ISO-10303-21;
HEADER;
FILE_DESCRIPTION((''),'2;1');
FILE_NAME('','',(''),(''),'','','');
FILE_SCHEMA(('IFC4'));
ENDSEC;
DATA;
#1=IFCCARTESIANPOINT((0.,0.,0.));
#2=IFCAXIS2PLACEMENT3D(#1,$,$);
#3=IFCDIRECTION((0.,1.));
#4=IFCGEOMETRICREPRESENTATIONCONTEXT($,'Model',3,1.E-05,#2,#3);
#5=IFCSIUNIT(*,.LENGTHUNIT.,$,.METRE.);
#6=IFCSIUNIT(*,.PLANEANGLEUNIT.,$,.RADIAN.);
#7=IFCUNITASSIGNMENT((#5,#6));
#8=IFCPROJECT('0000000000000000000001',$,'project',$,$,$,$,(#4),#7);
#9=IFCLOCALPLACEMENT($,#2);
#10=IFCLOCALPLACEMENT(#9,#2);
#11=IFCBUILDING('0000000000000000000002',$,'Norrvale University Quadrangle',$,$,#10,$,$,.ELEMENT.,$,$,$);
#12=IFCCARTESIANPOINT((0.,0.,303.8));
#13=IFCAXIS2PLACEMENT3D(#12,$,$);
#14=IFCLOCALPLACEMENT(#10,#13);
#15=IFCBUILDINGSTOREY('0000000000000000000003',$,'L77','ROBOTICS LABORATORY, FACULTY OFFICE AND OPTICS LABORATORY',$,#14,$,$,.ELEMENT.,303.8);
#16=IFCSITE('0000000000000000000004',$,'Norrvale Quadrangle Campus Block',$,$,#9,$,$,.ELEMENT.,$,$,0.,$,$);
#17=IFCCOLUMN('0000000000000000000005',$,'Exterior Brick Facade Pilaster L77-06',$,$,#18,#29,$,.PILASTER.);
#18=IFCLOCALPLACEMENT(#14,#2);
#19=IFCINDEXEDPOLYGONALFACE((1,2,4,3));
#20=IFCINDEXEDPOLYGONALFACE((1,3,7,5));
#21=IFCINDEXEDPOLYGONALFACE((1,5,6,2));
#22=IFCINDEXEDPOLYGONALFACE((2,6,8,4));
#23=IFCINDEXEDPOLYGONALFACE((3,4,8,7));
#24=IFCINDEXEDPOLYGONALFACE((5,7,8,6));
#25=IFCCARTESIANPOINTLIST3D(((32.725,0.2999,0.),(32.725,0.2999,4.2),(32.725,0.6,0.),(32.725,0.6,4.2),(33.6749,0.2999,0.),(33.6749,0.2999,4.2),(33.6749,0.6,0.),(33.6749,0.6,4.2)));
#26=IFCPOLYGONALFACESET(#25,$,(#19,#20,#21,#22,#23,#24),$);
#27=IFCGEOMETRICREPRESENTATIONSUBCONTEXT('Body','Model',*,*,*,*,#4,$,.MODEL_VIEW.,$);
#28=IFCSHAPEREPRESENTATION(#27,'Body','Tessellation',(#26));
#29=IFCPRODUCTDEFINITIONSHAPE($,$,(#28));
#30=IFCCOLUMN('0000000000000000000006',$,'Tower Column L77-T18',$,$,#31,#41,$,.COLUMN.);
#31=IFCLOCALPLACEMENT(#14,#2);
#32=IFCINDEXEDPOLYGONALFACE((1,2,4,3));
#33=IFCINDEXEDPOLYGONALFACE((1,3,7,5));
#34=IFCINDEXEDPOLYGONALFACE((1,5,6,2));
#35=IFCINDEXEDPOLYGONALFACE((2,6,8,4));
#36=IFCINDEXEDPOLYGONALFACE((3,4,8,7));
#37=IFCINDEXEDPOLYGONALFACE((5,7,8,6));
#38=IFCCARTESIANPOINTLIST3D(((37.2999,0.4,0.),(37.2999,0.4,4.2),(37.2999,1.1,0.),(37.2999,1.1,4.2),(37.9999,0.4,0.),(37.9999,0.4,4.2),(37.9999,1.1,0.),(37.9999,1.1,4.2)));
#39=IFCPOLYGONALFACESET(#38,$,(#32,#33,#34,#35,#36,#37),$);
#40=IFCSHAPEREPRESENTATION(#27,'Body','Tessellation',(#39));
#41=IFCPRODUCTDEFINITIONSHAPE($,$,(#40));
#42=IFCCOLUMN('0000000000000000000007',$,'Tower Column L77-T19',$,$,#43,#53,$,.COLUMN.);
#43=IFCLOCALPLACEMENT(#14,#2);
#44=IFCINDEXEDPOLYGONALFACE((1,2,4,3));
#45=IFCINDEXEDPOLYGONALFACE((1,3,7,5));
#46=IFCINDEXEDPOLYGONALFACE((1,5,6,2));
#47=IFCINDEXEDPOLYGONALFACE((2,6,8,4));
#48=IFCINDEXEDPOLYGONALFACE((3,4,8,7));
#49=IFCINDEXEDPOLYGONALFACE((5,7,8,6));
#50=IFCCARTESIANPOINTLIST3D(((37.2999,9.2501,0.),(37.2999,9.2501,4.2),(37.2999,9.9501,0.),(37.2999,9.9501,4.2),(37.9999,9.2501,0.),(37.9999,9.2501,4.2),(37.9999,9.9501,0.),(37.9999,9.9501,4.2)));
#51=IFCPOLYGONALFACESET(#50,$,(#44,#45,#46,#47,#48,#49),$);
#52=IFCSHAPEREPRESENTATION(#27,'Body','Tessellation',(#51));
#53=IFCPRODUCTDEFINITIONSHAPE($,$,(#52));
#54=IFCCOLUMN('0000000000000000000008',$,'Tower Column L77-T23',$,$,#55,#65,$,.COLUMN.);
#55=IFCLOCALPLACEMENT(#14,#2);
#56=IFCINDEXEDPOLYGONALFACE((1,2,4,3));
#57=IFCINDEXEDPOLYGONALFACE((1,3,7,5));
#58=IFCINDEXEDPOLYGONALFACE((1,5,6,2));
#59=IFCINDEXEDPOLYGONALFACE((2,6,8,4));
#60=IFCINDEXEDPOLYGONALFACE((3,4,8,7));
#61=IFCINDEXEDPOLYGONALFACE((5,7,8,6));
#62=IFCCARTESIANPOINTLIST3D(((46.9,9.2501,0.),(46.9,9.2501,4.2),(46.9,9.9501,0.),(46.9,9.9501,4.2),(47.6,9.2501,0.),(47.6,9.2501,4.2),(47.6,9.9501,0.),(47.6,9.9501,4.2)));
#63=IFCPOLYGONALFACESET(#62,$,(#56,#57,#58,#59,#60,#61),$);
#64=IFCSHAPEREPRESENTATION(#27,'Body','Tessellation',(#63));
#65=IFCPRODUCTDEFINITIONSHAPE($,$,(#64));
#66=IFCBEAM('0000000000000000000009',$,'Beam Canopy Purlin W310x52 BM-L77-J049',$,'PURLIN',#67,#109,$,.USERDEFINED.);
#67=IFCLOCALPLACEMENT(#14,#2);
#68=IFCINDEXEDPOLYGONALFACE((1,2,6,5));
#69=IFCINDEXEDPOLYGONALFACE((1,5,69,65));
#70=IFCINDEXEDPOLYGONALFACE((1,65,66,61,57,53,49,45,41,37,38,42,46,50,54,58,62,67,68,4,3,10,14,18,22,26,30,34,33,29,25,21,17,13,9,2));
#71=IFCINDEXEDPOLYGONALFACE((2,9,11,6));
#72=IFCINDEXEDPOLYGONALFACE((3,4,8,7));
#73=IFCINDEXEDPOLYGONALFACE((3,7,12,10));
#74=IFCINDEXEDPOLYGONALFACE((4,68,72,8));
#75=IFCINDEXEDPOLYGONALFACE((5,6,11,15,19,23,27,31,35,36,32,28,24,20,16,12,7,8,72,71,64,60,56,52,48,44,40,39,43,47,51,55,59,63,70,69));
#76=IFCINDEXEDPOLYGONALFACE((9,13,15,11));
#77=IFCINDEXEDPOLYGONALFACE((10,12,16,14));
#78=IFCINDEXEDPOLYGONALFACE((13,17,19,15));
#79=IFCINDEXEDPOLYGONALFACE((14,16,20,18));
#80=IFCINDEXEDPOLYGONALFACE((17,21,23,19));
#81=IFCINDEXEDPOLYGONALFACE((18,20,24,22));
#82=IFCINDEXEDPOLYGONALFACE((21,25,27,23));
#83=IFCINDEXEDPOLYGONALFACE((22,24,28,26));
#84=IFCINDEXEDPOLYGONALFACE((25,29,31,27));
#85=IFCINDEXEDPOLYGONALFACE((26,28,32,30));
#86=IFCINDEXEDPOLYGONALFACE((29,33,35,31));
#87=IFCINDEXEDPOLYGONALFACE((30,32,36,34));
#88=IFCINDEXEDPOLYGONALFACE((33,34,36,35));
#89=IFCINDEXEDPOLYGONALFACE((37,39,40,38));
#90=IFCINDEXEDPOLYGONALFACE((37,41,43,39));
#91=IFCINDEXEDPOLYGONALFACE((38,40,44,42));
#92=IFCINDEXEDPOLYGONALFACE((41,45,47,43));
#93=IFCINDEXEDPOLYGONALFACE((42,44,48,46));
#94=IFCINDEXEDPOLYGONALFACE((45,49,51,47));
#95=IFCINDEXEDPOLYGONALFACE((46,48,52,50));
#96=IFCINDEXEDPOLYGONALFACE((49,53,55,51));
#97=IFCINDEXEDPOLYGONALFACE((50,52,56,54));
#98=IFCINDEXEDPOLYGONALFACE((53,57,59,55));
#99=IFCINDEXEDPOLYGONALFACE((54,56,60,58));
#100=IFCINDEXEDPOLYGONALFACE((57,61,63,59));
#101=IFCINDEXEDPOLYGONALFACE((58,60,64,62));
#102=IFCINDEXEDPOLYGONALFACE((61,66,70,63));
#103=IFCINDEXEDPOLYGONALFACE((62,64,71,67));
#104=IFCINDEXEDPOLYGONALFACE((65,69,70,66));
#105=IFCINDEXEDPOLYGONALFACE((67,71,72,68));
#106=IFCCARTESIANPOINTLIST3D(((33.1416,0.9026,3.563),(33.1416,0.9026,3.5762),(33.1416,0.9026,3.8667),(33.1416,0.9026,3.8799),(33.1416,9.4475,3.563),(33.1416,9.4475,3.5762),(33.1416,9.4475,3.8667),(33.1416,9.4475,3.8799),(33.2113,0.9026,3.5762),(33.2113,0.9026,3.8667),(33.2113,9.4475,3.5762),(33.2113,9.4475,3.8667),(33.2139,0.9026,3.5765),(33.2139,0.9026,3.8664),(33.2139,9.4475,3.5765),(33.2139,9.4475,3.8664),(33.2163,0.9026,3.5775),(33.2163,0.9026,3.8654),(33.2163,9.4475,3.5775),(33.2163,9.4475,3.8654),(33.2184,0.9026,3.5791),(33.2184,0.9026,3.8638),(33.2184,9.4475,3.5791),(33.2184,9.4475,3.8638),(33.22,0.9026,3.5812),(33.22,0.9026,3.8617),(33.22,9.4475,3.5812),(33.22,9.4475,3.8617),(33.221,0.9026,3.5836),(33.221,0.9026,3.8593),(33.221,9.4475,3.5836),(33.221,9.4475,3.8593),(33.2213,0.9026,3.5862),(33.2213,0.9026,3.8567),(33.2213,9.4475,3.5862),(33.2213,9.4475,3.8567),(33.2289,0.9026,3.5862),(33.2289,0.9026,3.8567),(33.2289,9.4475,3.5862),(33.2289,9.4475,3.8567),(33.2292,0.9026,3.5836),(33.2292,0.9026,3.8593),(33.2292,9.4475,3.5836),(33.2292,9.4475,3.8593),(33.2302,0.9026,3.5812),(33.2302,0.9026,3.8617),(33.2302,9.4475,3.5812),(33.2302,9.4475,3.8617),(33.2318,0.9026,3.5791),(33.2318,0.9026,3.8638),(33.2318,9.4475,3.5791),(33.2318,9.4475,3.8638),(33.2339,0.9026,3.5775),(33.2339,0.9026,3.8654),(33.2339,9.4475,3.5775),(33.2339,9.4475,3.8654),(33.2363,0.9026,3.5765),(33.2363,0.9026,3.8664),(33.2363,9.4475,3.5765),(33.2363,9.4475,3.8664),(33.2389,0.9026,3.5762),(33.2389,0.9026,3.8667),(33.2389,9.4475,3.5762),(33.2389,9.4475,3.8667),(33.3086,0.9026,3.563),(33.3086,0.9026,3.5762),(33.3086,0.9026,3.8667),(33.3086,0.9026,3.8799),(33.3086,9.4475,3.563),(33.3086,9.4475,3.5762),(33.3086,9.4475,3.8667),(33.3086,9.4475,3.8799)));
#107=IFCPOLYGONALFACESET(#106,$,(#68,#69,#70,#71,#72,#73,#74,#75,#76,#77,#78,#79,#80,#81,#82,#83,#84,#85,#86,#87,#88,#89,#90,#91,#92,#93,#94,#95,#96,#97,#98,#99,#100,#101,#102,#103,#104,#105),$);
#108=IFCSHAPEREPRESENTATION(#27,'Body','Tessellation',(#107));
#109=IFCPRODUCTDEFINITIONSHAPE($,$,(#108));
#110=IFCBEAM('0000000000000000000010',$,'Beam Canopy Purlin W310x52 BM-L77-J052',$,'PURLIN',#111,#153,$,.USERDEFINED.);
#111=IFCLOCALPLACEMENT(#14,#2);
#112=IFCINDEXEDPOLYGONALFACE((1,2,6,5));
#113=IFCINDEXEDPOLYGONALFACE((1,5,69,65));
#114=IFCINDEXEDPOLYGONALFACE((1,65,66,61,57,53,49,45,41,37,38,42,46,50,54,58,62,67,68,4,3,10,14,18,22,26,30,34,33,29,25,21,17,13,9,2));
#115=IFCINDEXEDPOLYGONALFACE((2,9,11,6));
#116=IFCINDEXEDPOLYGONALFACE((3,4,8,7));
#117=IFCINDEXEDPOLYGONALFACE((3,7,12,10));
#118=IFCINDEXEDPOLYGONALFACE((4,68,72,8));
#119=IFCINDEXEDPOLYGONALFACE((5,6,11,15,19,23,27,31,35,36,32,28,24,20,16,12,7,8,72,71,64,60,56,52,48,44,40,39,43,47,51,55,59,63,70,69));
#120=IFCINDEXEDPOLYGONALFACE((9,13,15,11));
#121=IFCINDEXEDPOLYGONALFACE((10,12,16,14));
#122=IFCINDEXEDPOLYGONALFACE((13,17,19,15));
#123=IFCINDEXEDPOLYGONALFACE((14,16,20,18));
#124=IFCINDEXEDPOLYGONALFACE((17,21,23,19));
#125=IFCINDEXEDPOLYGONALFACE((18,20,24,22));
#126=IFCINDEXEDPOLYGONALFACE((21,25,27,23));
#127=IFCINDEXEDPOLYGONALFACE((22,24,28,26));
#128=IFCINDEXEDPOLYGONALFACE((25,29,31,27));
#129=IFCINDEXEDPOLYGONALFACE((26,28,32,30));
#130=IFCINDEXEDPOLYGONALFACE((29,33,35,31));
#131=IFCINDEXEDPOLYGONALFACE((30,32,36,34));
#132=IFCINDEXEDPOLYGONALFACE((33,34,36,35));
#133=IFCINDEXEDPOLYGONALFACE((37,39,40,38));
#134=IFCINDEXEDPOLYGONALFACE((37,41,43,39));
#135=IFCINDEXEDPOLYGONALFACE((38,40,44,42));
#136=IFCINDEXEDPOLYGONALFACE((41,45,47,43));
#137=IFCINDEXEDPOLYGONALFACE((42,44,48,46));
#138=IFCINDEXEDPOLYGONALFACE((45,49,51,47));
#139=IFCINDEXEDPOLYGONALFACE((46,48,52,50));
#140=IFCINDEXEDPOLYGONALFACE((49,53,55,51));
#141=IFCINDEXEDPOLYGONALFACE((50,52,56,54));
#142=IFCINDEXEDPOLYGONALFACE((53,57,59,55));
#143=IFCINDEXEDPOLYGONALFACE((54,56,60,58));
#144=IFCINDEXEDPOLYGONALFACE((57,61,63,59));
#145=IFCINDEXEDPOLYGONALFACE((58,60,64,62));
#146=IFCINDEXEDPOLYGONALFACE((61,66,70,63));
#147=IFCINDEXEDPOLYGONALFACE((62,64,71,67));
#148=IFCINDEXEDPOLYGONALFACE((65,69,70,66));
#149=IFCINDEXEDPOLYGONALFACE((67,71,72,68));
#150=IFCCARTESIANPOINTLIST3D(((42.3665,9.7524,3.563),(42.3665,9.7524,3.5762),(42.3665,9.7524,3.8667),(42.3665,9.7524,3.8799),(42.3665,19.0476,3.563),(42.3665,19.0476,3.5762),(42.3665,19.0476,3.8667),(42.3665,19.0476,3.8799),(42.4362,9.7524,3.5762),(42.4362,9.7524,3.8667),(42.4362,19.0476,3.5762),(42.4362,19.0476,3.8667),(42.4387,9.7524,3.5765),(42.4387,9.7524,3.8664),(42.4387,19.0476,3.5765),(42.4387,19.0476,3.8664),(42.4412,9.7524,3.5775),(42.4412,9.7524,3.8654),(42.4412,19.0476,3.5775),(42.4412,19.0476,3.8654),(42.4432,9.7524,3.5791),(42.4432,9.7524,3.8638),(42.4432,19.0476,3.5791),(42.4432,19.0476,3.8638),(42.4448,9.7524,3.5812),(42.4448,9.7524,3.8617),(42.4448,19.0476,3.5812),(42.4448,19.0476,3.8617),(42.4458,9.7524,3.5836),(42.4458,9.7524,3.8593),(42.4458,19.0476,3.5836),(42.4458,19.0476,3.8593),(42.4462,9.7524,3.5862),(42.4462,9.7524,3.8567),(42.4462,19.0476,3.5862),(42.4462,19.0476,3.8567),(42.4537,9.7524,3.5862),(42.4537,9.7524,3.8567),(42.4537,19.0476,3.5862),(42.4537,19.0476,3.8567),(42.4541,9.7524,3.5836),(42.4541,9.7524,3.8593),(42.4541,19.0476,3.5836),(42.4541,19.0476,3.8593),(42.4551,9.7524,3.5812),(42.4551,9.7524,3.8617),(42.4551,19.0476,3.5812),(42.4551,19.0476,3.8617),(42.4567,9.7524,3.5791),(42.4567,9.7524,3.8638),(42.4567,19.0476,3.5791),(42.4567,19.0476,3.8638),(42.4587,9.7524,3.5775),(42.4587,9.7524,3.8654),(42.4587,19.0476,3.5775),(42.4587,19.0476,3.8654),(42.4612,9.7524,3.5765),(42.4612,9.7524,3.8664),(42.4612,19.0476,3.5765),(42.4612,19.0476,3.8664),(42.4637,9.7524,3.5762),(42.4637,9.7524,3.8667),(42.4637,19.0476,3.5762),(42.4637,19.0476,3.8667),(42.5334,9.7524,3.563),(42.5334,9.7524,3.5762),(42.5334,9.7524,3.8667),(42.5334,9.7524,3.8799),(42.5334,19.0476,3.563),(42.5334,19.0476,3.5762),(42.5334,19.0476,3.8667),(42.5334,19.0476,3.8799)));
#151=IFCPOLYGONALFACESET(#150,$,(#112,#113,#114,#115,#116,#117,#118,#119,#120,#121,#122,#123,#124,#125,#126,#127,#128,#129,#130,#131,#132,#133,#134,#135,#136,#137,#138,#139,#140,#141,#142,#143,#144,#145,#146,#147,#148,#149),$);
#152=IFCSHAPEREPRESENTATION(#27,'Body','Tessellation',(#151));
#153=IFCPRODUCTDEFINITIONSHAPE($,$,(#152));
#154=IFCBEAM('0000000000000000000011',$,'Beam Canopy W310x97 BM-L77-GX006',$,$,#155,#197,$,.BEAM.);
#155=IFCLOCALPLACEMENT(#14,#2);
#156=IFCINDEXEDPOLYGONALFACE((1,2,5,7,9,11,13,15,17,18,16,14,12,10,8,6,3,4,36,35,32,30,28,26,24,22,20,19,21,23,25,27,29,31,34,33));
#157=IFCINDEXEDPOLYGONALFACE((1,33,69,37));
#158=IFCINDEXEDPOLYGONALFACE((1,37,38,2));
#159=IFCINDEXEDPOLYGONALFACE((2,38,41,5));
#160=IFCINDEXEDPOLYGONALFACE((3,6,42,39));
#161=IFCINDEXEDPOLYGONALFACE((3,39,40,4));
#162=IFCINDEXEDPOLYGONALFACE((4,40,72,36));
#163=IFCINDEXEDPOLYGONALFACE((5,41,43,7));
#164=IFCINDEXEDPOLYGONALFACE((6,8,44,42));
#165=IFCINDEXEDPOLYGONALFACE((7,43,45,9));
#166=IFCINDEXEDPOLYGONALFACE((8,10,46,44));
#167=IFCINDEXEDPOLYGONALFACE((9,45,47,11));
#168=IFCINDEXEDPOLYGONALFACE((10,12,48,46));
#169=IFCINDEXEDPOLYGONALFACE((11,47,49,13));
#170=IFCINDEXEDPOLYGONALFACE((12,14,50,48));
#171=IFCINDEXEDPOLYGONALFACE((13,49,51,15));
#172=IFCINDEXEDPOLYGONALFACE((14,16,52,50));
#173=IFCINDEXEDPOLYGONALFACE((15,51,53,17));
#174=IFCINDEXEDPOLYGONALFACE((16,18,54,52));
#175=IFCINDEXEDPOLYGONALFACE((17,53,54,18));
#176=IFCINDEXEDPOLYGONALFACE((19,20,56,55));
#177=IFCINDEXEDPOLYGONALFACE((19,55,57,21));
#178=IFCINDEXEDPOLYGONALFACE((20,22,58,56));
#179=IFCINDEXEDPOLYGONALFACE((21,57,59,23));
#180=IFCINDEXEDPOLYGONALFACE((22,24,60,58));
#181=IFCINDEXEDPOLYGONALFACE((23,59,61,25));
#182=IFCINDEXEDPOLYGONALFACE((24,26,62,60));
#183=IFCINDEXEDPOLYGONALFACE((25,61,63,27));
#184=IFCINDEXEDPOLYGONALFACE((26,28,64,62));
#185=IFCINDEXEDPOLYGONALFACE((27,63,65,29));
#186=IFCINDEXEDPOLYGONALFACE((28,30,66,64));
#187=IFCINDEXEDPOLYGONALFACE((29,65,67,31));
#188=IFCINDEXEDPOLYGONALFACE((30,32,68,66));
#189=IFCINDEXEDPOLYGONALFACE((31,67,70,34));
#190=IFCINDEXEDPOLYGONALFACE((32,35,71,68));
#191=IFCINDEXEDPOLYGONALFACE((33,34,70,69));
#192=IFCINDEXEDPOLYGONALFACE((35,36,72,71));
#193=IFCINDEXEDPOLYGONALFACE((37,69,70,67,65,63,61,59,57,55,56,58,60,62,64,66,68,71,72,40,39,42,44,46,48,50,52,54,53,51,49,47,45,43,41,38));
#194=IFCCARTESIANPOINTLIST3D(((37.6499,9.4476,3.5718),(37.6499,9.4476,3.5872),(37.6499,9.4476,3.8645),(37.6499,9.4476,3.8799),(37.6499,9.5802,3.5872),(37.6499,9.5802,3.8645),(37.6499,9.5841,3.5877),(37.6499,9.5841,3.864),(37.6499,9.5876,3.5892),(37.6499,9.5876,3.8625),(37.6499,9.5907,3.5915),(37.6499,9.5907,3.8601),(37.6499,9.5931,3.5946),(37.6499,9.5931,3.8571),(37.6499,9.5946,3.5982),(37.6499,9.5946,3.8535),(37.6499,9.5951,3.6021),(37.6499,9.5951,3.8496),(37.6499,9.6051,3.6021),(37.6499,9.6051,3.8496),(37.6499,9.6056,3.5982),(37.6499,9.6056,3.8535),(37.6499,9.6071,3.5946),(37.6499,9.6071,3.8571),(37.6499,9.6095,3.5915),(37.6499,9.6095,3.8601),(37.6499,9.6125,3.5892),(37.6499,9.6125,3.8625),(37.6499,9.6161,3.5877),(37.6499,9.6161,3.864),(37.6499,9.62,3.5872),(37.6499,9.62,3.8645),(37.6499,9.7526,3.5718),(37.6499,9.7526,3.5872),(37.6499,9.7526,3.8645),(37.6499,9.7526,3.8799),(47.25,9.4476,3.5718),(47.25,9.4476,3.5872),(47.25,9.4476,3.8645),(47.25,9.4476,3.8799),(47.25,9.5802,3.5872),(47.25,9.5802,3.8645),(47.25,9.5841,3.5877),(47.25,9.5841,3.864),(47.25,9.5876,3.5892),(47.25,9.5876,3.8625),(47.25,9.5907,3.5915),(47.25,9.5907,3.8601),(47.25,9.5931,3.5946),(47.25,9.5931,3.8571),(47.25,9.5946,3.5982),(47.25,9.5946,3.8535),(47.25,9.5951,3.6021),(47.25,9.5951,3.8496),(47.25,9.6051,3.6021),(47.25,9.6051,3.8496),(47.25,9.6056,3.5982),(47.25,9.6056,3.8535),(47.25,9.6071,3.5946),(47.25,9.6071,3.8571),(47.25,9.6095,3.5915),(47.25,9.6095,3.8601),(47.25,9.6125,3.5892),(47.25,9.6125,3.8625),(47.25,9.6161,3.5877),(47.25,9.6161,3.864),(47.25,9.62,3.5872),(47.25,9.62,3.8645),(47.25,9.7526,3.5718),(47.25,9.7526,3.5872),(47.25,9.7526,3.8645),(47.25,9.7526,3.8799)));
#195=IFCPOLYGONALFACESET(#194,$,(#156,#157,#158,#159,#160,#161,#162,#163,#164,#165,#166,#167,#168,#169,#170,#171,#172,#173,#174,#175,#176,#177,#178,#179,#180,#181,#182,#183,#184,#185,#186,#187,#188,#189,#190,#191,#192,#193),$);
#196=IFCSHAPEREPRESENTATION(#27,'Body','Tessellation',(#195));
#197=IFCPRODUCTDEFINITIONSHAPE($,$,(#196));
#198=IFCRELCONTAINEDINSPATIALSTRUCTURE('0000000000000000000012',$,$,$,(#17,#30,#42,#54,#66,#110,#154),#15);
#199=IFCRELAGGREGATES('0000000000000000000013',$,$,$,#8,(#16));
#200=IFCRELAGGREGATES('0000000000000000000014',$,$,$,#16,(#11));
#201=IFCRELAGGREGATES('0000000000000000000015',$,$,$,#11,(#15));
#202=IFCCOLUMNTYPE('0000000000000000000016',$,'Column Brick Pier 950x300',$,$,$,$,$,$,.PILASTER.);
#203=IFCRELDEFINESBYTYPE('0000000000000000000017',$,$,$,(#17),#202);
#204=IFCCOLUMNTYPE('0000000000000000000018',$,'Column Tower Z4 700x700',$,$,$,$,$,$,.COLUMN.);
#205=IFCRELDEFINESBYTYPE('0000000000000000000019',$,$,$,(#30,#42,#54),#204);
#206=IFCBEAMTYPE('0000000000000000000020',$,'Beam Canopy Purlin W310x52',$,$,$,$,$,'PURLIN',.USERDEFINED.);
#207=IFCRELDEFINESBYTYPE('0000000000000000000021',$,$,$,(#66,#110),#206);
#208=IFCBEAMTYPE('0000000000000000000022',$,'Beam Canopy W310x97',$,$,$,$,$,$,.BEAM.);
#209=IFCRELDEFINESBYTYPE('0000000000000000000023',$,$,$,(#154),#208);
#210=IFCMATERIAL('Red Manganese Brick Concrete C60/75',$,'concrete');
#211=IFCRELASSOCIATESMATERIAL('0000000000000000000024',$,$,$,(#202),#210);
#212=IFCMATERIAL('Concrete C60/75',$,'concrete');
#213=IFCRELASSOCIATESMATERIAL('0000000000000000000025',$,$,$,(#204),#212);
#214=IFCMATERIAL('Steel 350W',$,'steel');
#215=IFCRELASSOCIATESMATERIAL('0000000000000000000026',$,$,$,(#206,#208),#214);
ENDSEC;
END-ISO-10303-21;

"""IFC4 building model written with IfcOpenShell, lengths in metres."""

from ifc_helpers import new_model, si_unit, direction, frame, origin, origin_2d, place, context, subcontext, project, spatial, rectangle, i_section, extrude, material, material_profile, profile_set, type_object, element, save


model = new_model("IFC4")

# Units and contexts
model_context = context("Model", 3, precision=1e-05, world=origin(), true_north=direction((0.0, 1.0)))
body_context = subcontext(model_context, "Body", "Model", "MODEL_VIEW")
ifc_project = project(units=[si_unit("LENGTHUNIT", "METRE"), si_unit("PLANEANGLEUNIT", "RADIAN")], contexts=[model_context])

# Site, building, storey
site_placement = place(None, origin())
site = spatial("IfcSite", under=ifc_project, at=site_placement, Name="Norrvale Quadrangle Campus Block", CompositionType="ELEMENT", RefElevation=0.0)
building_placement = place(site_placement, origin())
building = spatial("IfcBuilding", under=site, at=building_placement, Name="Norrvale University Quadrangle", CompositionType="ELEMENT")
storey_placement = place(building_placement, frame((0.0, 0.0, 303.8)))
storey = spatial("IfcBuildingStorey", under=building, at=storey_placement, Name="L77", Description="ROBOTICS LABORATORY, FACULTY OFFICE AND OPTICS LABORATORY", CompositionType="ELEMENT", Elevation=303.8)

# Columns
ifc_material_1 = material(Name="Red Manganese Brick Concrete C60/75", Category="concrete")
ifc_material_profile_1 = material_profile(ifc_material_1, rectangle(XDim=0.95, YDim=0.3, at=origin_2d()), Name="Red Manganese Brick Concrete C60/75")
ifc_profile_set_1 = profile_set([ifc_material_profile_1], Name="Red Manganese Brick Concrete C60/75")
column_type_1 = type_object("IfcColumnType", Name="Column Brick Pier 950x300", PredefinedType="PILASTER", material=ifc_profile_set_1)
column_placement = place(storey_placement, frame((33.2, 0.45, 0.0), z_axis=(0.0, 0.0, 1.0), x_axis=(1.0, 0.0, 0.0)))
element("IfcColumn", 1, at=column_placement, inside=storey, type_object=column_type_1, Name="Exterior Brick Facade Pilaster L77-06", PredefinedType="PILASTER", context=body_context, shape_type="SweptSolid", body=[
    extrude(rectangle(XDim=0.95, YDim=0.3, at=origin_2d()), origin(), (0.0, 0.0, 1.0), 4.2),
])
ifc_material_2 = material(Name="Concrete C60/75", Category="concrete")
ifc_material_profile_2 = material_profile(ifc_material_2, rectangle(XDim=0.7, YDim=0.7, at=origin_2d()), Name="Concrete C60/75")
ifc_profile_set_2 = profile_set([ifc_material_profile_2], Name="Concrete C60/75")
column_type_2 = type_object("IfcColumnType", Name="Column Tower Z4 700x700", PredefinedType="COLUMN", material=ifc_profile_set_2)
for number, where, z_axis, x_axis, name in (
    (2, (37.6499, 0.75, 0.0), (0.0, 0.0, 1.0), (1.0, 0.0, 0.0), "Tower Column L77-T18"),
    (3, (37.6499, 9.6001, 0.0), (0.0, 0.0, 1.0), (1.0, 0.0, 0.0), "Tower Column L77-T19"),
    (4, (47.25, 9.6001, 0.0), (0.0, 0.0, 1.0), (1.0, 0.0, 0.0), "Tower Column L77-T23"),
):
    element("IfcColumn", number, at=place(storey_placement, frame(where, z_axis=z_axis, x_axis=x_axis)), inside=storey, type_object=column_type_2, Name=name, PredefinedType="COLUMN", context=body_context, shape_type="SweptSolid", body=[
        extrude(rectangle(XDim=0.7, YDim=0.7, at=origin_2d()), origin(), (0.0, 0.0, 1.0), 4.2),
    ])

# Beams
ifc_material_3 = material(Name="Steel 350W", Category="steel")
ifc_material_profile_3 = material_profile(ifc_material_3, i_section(OverallWidth=0.167, OverallDepth=0.3169, WebThickness=0.0076, FlangeThickness=0.0132, FilletRadius=0.01, at=origin_2d()), Name="Steel 350W")
ifc_profile_set_3 = profile_set([ifc_material_profile_3], Name="Steel 350W")
beam_type_1 = type_object("IfcBeamType", Name="Beam Canopy Purlin W310x52", ElementType="PURLIN", PredefinedType="USERDEFINED", material=ifc_profile_set_3)
beam_1_placement = place(storey_placement, frame((33.2251, 0.9026, 3.7214), z_axis=(0.0, 1.0, 0.0), x_axis=(-1.0, 0.0, 0.0)))
element("IfcBeam", 5, at=beam_1_placement, inside=storey, type_object=beam_type_1, Name="Beam Canopy Purlin W310x52 BM-L77-J049", ObjectType="PURLIN", PredefinedType="USERDEFINED", context=body_context, shape_type="SweptSolid", body=[
    extrude(i_section(OverallWidth=0.167, OverallDepth=0.3169, WebThickness=0.0076, FlangeThickness=0.0132, FilletRadius=0.01, at=origin_2d()), origin(), (0.0, 0.0, 1.0), 8.5449),
])
beam_2_placement = place(storey_placement, frame((42.45, 9.7524, 3.7214), z_axis=(0.0, 1.0, 0.0), x_axis=(-1.0, 0.0, 0.0)))
element("IfcBeam", 6, at=beam_2_placement, inside=storey, type_object=beam_type_1, Name="Beam Canopy Purlin W310x52 BM-L77-J052", ObjectType="PURLIN", PredefinedType="USERDEFINED", context=body_context, shape_type="SweptSolid", body=[
    extrude(i_section(OverallWidth=0.167, OverallDepth=0.3169, WebThickness=0.0076, FlangeThickness=0.0132, FilletRadius=0.01, at=origin_2d()), origin(), (0.0, 0.0, 1.0), 9.2952),
])
ifc_material_profile_4 = material_profile(ifc_material_3, i_section(OverallWidth=0.3049, OverallDepth=0.3081, WebThickness=0.01, FlangeThickness=0.0154, FilletRadius=0.0149, at=origin_2d()), Name="Steel 350W")
ifc_profile_set_4 = profile_set([ifc_material_profile_4], Name="Steel 350W")
beam_type_2 = type_object("IfcBeamType", Name="Beam Canopy W310x97", PredefinedType="BEAM", material=ifc_profile_set_4)
beam_3_placement = place(storey_placement, frame((37.6499, 9.6001, 3.7258), z_axis=(1.0, 0.0, 0.0), x_axis=(0.0, 1.0, 0.0)))
element("IfcBeam", 7, at=beam_3_placement, inside=storey, type_object=beam_type_2, Name="Beam Canopy W310x97 BM-L77-GX006", PredefinedType="BEAM", context=body_context, shape_type="SweptSolid", body=[
    extrude(i_section(OverallWidth=0.3049, OverallDepth=0.3081, WebThickness=0.01, FlangeThickness=0.0154, FilletRadius=0.0149, at=origin_2d()), origin(), (0.0, 0.0, 1.0), 9.6001),
])

save(model, "model.ifc")
